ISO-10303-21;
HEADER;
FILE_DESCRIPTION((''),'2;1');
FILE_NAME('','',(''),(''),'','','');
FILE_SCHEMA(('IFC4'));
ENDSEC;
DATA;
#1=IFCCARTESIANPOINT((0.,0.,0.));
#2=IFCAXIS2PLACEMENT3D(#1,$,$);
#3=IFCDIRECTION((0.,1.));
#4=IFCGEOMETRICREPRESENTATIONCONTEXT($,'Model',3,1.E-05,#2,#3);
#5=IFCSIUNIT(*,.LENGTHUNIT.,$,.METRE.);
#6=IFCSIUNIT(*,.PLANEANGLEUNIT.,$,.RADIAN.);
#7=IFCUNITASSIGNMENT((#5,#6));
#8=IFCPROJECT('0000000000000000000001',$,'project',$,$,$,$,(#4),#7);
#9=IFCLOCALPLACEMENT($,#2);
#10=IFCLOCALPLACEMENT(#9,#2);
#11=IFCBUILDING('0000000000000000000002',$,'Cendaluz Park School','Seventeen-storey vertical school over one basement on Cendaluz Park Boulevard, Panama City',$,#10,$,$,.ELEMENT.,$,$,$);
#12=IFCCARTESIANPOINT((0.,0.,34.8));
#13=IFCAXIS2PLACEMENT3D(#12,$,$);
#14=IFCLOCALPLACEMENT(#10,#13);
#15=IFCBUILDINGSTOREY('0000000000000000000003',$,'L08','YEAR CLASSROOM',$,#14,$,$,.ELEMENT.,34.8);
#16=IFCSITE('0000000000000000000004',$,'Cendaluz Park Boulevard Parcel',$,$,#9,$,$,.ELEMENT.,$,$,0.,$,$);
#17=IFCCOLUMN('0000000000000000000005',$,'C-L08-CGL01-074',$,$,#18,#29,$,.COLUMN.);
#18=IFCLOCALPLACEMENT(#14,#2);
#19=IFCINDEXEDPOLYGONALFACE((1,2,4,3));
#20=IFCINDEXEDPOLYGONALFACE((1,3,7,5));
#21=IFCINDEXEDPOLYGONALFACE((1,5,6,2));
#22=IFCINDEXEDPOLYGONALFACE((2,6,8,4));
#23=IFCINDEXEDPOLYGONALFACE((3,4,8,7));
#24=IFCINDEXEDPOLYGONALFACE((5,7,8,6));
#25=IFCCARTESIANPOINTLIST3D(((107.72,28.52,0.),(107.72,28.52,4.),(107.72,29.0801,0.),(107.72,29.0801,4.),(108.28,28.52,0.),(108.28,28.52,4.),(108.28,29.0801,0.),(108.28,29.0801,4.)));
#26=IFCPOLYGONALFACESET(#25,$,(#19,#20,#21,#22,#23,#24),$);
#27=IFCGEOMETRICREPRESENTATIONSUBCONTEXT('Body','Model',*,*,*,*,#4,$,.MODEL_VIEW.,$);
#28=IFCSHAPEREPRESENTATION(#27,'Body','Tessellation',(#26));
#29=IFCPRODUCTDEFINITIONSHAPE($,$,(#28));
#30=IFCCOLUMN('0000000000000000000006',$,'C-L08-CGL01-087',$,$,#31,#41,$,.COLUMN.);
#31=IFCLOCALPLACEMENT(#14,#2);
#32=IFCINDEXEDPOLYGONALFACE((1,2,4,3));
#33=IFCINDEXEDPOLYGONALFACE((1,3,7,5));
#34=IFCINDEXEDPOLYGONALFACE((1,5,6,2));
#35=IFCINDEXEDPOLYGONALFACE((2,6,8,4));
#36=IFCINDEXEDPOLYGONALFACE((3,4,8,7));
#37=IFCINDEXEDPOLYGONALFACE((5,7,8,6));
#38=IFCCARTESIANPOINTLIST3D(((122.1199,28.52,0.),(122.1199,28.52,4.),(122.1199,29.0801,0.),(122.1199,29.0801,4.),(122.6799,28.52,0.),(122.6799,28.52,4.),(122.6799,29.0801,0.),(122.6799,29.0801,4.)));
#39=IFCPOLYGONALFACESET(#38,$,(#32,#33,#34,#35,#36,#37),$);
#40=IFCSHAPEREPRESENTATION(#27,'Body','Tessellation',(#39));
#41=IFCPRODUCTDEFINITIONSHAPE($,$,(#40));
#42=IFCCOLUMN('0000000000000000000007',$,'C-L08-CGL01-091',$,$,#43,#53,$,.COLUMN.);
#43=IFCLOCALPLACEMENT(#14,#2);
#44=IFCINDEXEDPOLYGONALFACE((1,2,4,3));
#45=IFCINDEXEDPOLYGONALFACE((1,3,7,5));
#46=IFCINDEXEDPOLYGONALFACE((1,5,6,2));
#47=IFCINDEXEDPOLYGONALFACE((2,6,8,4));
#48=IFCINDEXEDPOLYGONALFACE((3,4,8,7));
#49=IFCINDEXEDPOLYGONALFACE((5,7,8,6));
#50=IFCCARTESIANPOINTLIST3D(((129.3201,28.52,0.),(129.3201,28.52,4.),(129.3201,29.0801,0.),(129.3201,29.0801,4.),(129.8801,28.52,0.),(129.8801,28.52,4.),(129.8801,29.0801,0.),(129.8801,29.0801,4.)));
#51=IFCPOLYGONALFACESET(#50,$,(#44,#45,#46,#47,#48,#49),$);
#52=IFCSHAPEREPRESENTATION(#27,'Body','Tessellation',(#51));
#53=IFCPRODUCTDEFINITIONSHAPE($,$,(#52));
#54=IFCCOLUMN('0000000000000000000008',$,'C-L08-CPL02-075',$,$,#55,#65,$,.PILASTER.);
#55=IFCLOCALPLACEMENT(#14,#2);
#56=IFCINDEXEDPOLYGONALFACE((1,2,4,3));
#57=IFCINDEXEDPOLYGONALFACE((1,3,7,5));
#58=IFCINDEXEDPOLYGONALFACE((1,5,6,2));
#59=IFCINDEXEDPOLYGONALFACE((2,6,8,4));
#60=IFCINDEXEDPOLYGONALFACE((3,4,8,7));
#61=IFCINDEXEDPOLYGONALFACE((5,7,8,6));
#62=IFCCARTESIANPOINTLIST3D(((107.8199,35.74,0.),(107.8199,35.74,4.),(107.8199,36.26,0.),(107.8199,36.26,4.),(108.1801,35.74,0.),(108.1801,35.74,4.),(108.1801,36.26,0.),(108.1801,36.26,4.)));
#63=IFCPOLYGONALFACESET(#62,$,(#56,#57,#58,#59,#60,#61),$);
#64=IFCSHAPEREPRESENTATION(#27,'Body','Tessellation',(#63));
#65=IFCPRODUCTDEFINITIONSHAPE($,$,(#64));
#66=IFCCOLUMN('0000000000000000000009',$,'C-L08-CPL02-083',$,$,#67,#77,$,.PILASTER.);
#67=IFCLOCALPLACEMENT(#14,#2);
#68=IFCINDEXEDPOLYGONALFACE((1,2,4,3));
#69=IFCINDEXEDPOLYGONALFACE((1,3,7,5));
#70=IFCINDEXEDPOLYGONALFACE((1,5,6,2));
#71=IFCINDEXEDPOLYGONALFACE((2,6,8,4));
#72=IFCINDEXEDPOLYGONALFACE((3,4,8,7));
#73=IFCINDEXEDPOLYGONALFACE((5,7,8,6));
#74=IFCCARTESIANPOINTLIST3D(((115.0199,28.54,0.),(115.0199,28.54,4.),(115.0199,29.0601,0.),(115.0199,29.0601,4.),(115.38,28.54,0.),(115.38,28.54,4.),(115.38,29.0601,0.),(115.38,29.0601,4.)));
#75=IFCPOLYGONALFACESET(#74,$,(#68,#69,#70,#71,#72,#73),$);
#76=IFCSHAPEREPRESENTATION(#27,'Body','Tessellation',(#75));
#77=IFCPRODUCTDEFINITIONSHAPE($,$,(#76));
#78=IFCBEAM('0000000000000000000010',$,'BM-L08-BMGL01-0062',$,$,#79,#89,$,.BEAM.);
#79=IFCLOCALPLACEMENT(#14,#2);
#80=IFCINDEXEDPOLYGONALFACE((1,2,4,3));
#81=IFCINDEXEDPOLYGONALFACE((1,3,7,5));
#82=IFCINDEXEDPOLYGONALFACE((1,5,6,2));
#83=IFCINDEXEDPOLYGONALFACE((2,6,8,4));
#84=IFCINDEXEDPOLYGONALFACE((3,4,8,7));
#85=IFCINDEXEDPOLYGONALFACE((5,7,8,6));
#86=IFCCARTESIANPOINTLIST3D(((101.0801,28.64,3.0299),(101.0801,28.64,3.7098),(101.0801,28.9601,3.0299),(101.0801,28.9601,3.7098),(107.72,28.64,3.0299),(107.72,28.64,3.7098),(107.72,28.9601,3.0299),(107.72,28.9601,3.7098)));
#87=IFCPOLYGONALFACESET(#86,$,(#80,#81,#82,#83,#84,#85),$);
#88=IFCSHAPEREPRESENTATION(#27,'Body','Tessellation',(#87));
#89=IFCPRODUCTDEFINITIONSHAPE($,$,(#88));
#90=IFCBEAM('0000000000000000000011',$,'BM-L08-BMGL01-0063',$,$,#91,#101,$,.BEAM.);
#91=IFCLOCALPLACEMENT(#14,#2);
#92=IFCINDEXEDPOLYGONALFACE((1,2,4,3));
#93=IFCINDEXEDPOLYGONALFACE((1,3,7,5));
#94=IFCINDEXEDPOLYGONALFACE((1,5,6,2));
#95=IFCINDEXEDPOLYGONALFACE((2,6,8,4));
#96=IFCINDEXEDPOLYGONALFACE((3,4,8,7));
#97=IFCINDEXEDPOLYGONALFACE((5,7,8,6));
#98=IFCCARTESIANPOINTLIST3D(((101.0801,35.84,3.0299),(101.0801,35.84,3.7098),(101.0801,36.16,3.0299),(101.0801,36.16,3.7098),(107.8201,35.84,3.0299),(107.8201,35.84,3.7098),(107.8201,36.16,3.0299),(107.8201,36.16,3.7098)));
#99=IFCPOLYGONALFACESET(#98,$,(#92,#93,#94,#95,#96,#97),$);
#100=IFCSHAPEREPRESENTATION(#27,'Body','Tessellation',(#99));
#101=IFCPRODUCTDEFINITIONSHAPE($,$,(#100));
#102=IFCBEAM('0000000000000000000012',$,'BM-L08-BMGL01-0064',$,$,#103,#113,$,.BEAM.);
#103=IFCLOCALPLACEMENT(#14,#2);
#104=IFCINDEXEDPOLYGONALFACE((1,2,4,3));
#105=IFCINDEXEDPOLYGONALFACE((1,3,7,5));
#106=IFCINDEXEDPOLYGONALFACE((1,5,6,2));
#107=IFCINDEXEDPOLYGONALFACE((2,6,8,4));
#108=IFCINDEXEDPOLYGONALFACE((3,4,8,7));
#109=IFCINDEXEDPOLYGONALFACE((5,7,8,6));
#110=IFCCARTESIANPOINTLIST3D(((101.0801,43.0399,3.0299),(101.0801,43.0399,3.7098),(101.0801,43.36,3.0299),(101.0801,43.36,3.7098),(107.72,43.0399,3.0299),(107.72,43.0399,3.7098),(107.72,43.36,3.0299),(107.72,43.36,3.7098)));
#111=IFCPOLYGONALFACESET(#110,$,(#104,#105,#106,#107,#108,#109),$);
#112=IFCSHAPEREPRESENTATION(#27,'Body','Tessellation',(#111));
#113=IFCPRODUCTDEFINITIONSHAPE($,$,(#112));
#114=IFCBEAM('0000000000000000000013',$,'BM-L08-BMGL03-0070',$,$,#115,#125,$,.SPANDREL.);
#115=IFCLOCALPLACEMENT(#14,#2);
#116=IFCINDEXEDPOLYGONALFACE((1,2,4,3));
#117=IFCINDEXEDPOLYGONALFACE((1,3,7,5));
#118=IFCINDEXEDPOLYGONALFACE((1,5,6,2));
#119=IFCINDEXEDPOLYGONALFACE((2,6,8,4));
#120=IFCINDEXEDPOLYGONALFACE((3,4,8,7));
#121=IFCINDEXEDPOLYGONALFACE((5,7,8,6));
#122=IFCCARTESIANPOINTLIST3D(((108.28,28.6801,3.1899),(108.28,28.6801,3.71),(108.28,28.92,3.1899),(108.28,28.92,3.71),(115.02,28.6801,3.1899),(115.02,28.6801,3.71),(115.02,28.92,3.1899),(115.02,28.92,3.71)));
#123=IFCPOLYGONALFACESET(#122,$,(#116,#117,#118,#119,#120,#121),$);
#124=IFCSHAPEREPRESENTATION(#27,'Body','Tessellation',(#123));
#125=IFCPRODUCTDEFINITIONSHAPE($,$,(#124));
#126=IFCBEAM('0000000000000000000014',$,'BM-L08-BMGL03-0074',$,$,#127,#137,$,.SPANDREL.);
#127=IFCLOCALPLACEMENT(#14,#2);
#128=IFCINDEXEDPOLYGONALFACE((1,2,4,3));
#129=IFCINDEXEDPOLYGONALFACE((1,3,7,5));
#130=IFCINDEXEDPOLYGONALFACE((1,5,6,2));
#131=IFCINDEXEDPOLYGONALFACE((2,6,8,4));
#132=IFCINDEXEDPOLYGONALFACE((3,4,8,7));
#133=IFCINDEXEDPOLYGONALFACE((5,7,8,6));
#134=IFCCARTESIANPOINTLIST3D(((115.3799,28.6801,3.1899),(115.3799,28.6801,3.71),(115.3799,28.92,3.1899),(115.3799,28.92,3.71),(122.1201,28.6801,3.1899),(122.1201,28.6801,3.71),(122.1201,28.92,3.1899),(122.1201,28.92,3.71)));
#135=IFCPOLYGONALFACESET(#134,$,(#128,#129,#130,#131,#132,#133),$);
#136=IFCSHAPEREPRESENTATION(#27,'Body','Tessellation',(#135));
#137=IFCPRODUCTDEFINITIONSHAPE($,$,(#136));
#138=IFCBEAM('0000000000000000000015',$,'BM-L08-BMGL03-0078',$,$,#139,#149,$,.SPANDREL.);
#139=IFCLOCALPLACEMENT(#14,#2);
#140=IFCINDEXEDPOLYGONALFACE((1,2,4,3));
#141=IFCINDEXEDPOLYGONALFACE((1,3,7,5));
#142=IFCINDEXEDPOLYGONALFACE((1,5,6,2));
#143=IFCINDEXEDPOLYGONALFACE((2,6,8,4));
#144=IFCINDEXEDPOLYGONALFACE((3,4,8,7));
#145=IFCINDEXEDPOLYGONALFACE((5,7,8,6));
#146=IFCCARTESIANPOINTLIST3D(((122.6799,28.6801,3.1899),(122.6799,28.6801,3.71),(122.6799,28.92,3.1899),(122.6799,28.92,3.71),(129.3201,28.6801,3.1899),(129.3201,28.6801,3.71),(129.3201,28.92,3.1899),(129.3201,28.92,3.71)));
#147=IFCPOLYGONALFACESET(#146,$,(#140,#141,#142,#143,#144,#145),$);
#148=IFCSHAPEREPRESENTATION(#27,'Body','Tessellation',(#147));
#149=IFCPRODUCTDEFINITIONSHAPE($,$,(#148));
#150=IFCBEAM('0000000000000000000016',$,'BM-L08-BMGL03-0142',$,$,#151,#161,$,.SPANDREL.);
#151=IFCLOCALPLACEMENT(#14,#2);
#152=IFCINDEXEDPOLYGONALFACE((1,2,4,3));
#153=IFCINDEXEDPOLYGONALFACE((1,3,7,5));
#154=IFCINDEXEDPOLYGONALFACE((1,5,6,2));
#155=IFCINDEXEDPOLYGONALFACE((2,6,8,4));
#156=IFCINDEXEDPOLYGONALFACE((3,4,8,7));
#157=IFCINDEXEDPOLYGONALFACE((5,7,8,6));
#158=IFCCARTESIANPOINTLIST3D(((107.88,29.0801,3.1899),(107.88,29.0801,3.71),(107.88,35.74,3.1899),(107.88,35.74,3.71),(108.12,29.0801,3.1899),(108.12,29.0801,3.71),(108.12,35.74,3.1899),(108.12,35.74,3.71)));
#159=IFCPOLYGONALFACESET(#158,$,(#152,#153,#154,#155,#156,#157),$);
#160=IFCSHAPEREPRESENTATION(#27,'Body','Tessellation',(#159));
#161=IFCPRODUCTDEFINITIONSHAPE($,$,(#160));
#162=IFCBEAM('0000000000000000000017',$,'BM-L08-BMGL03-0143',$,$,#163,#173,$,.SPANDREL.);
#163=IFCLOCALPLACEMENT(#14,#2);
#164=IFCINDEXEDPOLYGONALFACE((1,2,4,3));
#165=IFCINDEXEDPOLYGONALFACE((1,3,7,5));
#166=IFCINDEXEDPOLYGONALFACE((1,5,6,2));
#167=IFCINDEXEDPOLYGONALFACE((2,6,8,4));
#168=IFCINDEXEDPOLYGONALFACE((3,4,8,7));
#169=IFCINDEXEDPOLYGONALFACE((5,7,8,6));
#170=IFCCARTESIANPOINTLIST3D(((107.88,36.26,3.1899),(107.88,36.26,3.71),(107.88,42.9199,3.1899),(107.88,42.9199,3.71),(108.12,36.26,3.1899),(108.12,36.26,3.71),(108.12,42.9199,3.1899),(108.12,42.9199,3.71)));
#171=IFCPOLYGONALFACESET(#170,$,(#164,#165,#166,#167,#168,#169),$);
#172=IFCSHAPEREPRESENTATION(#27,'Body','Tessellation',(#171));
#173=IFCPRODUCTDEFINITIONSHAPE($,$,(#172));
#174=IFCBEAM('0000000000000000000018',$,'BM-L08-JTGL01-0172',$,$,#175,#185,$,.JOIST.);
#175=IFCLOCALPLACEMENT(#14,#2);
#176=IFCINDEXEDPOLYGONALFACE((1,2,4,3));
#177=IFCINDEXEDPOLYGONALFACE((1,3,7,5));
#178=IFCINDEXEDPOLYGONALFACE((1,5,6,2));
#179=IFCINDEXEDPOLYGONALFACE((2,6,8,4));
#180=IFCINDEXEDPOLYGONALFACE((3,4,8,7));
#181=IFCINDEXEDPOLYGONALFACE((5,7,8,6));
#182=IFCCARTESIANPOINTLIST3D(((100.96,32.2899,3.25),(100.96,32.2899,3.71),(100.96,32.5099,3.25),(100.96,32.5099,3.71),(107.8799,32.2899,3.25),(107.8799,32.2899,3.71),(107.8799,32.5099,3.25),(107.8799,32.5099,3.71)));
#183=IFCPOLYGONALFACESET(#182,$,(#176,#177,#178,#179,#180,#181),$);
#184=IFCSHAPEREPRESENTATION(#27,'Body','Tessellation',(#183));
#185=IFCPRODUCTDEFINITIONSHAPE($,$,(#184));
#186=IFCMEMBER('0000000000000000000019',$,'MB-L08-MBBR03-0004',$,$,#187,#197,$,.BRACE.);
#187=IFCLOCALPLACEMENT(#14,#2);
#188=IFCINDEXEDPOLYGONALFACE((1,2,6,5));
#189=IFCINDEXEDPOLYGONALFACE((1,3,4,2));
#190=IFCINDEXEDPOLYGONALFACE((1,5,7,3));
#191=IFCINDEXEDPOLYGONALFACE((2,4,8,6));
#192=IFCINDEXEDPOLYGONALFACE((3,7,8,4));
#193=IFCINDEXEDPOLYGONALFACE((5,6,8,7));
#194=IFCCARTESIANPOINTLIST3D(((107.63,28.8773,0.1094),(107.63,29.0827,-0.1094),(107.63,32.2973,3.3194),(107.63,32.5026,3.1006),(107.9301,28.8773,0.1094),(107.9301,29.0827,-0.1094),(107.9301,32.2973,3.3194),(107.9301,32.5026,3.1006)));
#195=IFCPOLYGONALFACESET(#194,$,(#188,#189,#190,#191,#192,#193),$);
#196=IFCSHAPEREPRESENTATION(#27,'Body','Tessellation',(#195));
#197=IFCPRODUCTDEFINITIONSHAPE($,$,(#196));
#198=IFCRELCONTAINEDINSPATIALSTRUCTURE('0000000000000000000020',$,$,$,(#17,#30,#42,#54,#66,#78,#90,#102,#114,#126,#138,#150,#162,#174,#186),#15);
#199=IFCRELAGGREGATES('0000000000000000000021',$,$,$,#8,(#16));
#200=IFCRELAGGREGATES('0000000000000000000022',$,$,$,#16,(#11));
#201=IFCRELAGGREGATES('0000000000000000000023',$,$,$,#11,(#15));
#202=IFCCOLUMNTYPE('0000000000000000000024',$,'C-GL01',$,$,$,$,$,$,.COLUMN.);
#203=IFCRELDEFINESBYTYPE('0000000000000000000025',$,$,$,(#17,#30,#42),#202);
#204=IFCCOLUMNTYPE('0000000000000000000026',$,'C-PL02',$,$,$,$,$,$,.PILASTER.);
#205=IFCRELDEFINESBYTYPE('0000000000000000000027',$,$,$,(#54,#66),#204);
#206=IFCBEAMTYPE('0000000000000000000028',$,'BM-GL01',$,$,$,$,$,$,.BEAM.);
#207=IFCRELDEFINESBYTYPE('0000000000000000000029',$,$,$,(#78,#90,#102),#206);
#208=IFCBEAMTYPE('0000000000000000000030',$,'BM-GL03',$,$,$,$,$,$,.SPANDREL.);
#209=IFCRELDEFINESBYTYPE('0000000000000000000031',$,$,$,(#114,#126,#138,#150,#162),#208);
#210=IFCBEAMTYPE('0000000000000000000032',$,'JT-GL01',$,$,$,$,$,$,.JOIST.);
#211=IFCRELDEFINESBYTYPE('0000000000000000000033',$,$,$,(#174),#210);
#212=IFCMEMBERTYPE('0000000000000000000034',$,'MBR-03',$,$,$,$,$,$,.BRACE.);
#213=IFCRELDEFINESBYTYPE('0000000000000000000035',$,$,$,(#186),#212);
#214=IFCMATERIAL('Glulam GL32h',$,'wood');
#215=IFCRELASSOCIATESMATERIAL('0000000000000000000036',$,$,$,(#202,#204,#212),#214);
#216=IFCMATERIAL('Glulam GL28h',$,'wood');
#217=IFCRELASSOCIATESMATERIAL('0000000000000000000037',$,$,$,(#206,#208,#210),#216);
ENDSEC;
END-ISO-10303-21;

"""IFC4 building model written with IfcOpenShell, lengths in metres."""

from ifc_helpers import new_model, si_unit, direction, frame, origin, origin_2d, place, context, subcontext, project, spatial, rectangle, extrude, material, material_profile, profile_set, type_object, element, save


model = new_model("IFC4")

# Units and contexts
model_context = context("Model", 3, precision=1e-05, world=origin(), true_north=direction((0.0, 1.0)))
body_context = subcontext(model_context, "Body", "Model", "MODEL_VIEW")
ifc_project = project(units=[si_unit("LENGTHUNIT", "METRE"), si_unit("PLANEANGLEUNIT", "RADIAN")], contexts=[model_context])

# Site, building, storey
site_placement = place(None, origin())
site = spatial("IfcSite", under=ifc_project, at=site_placement, Name="Cendaluz Park Boulevard Parcel", CompositionType="ELEMENT", RefElevation=0.0)
building_placement = place(site_placement, origin())
building = spatial("IfcBuilding", under=site, at=building_placement, Name="Cendaluz Park School", Description="Seventeen-storey vertical school over one basement on Cendaluz Park Boulevard, Panama City", CompositionType="ELEMENT")
storey_placement = place(building_placement, frame((0.0, 0.0, 34.8)))
storey = spatial("IfcBuildingStorey", under=building, at=storey_placement, Name="L08", Description="YEAR CLASSROOM", CompositionType="ELEMENT", Elevation=34.8)

# Columns
ifc_material_1 = material(Name="Glulam GL32h", Category="wood")
ifc_material_profile_1 = material_profile(ifc_material_1, rectangle(XDim=0.5601, YDim=0.5601, at=origin_2d()), Name="GL32h 560x560", Category="wood")
ifc_profile_set_1 = profile_set([ifc_material_profile_1], Name="Glulam GL32h")
column_type_1 = type_object("IfcColumnType", Name="C-GL01", PredefinedType="COLUMN", material=ifc_profile_set_1)
for number, where, z_axis, x_axis, name in (
    (1, (108.0, 28.8, 0.0), (0.0, 0.0, 1.0), (1.0, 0.0, 0.0), "C-L08-CGL01-074"),
    (2, (122.3999, 28.8, 0.0), (0.0, 0.0, 1.0), (1.0, 0.0, 0.0), "C-L08-CGL01-087"),
    (3, (129.6001, 28.8, 0.0), (0.0, 0.0, 1.0), (1.0, 0.0, 0.0), "C-L08-CGL01-091"),
):
    element("IfcColumn", number, at=place(storey_placement, frame(where, z_axis=z_axis, x_axis=x_axis)), inside=storey, type_object=column_type_1, Name=name, PredefinedType="COLUMN", context=body_context, shape_type="SweptSolid", body=[
        extrude(rectangle(XDim=0.5601, YDim=0.5601, at=origin_2d()), origin(), (0.0, 0.0, 1.0), 4.0),
    ])
ifc_material_profile_2 = material_profile(ifc_material_1, rectangle(XDim=0.3601, YDim=0.52, at=origin_2d()), Name="GL32h 360x520", Category="wood")
ifc_profile_set_2 = profile_set([ifc_material_profile_2], Name="Glulam GL32h")
column_type_2 = type_object("IfcColumnType", Name="C-PL02", PredefinedType="PILASTER", material=ifc_profile_set_2)
for number, where, z_axis, x_axis, name in (
    (4, (108.0, 36.0, 0.0), (0.0, 0.0, 1.0), (1.0, 0.0, 0.0), "C-L08-CPL02-075"),
    (5, (115.2, 28.8, 0.0), (0.0, 0.0, 1.0), (1.0, 0.0, 0.0), "C-L08-CPL02-083"),
):
    element("IfcColumn", number, at=place(storey_placement, frame(where, z_axis=z_axis, x_axis=x_axis)), inside=storey, type_object=column_type_2, Name=name, PredefinedType="PILASTER", context=body_context, shape_type="SweptSolid", body=[
        extrude(rectangle(XDim=0.3601, YDim=0.52, at=origin_2d()), origin(), (0.0, 0.0, 1.0), 4.0),
    ])

# Beams
ifc_material_2 = material(Name="Glulam GL28h", Category="wood")
ifc_material_profile_3 = material_profile(ifc_material_2, rectangle(XDim=0.3201, YDim=0.6799, at=origin_2d()), Name="GL28h 320x680", Category="wood")
ifc_profile_set_3 = profile_set([ifc_material_profile_3], Name="Glulam GL28h")
beam_type_1 = type_object("IfcBeamType", Name="BM-GL01", PredefinedType="BEAM", material=ifc_profile_set_3)
beam_1_placement = place(storey_placement, frame((101.0801, 28.8, 3.3699), z_axis=(1.0, 0.0, 0.0), x_axis=(0.0, 1.0, 0.0)))
element("IfcBeam", 6, at=beam_1_placement, inside=storey, type_object=beam_type_1, Name="BM-L08-BMGL01-0062", PredefinedType="BEAM", context=body_context, shape_type="SweptSolid", body=[
    extrude(rectangle(XDim=0.3201, YDim=0.6799, at=origin_2d()), origin(), (0.0, 0.0, 1.0), 6.6399),
])
beam_2_placement = place(storey_placement, frame((101.0801, 36.0, 3.3699), z_axis=(1.0, 0.0, 0.0), x_axis=(0.0, 1.0, 0.0)))
element("IfcBeam", 7, at=beam_2_placement, inside=storey, type_object=beam_type_1, Name="BM-L08-BMGL01-0063", PredefinedType="BEAM", context=body_context, shape_type="SweptSolid", body=[
    extrude(rectangle(XDim=0.3201, YDim=0.6799, at=origin_2d()), origin(), (0.0, 0.0, 1.0), 6.74),
])
beam_3_placement = place(storey_placement, frame((101.0801, 43.2, 3.3699), z_axis=(1.0, 0.0, 0.0), x_axis=(0.0, 1.0, 0.0)))
element("IfcBeam", 8, at=beam_3_placement, inside=storey, type_object=beam_type_1, Name="BM-L08-BMGL01-0064", PredefinedType="BEAM", context=body_context, shape_type="SweptSolid", body=[
    extrude(rectangle(XDim=0.3201, YDim=0.6799, at=origin_2d()), origin(), (0.0, 0.0, 1.0), 6.6399),
])
ifc_material_profile_4 = material_profile(ifc_material_2, rectangle(XDim=0.24, YDim=0.52, at=origin_2d()), Name="GL28h 240x520", Category="wood")
ifc_profile_set_4 = profile_set([ifc_material_profile_4], Name="Glulam GL28h")
beam_type_2 = type_object("IfcBeamType", Name="BM-GL03", PredefinedType="SPANDREL", material=ifc_profile_set_4)
beam_4_placement = place(storey_placement, frame((108.28, 28.8, 3.45), z_axis=(1.0, 0.0, 0.0), x_axis=(0.0, 1.0, 0.0)))
element("IfcBeam", 9, at=beam_4_placement, inside=storey, type_object=beam_type_2, Name="BM-L08-BMGL03-0070", PredefinedType="SPANDREL", context=body_context, shape_type="SweptSolid", body=[
    extrude(rectangle(XDim=0.24, YDim=0.52, at=origin_2d()), origin(), (0.0, 0.0, 1.0), 6.74),
])
beam_5_placement = place(storey_placement, frame((115.3799, 28.8, 3.45), z_axis=(1.0, 0.0, 0.0), x_axis=(0.0, 1.0, 0.0)))
element("IfcBeam", 10, at=beam_5_placement, inside=storey, type_object=beam_type_2, Name="BM-L08-BMGL03-0074", PredefinedType="SPANDREL", context=body_context, shape_type="SweptSolid", body=[
    extrude(rectangle(XDim=0.24, YDim=0.52, at=origin_2d()), origin(), (0.0, 0.0, 1.0), 6.7402),
])
beam_6_placement = place(storey_placement, frame((122.6799, 28.8, 3.45), z_axis=(1.0, 0.0, 0.0), x_axis=(0.0, 1.0, 0.0)))
element("IfcBeam", 11, at=beam_6_placement, inside=storey, type_object=beam_type_2, Name="BM-L08-BMGL03-0078", PredefinedType="SPANDREL", context=body_context, shape_type="SweptSolid", body=[
    extrude(rectangle(XDim=0.24, YDim=0.52, at=origin_2d()), origin(), (0.0, 0.0, 1.0), 6.6401),
])
for number, where, z_axis, x_axis, name in (
    (12, (108.0, 29.0801, 3.45), (0.0, 1.0, 0.0), (-1.0, 0.0, 0.0), "BM-L08-BMGL03-0142"),
    (13, (108.0, 36.26, 3.45), (0.0, 1.0, 0.0), (-1.0, 0.0, 0.0), "BM-L08-BMGL03-0143"),
):
    element("IfcBeam", number, at=place(storey_placement, frame(where, z_axis=z_axis, x_axis=x_axis)), inside=storey, type_object=beam_type_2, Name=name, PredefinedType="SPANDREL", context=body_context, shape_type="SweptSolid", body=[
        extrude(rectangle(XDim=0.24, YDim=0.52, at=origin_2d()), origin(), (0.0, 0.0, 1.0), 6.6599),
    ])
ifc_material_profile_5 = material_profile(ifc_material_2, rectangle(XDim=0.22, YDim=0.46, at=origin_2d()), Name="GL28h 220x460", Category="wood")
ifc_profile_set_5 = profile_set([ifc_material_profile_5], Name="Glulam GL28h")
beam_type_3 = type_object("IfcBeamType", Name="JT-GL01", PredefinedType="JOIST", material=ifc_profile_set_5)
beam_7_placement = place(storey_placement, frame((100.96, 32.3999, 3.48), z_axis=(1.0, 0.0, 0.0), x_axis=(0.0, 1.0, 0.0)))
element("IfcBeam", 14, at=beam_7_placement, inside=storey, type_object=beam_type_3, Name="BM-L08-JTGL01-0172", PredefinedType="JOIST", context=body_context, shape_type="SweptSolid", body=[
    extrude(rectangle(XDim=0.22, YDim=0.46, at=origin_2d()), origin(), (0.0, 0.0, 1.0), 6.9199),
])

# Member
ifc_material_profile_6 = material_profile(ifc_material_1, rectangle(XDim=0.3, YDim=0.3, at=origin_2d()), Name="GL32h 300x300", Category="wood")
ifc_profile_set_6 = profile_set([ifc_material_profile_6], Name="Glulam GL32h")
member_type_1 = type_object("IfcMemberType", Name="MBR-03", PredefinedType="BRACE", material=ifc_profile_set_6)
member_1_placement = place(storey_placement, frame((107.78, 28.98, 0.0), z_axis=(0.0, 0.729135, 0.68437), x_axis=(-1.0, 0.0, 0.0)))
element("IfcMember", 15, at=member_1_placement, inside=storey, type_object=member_type_1, Name="MB-L08-MBBR03-0004", PredefinedType="BRACE", context=body_context, shape_type="SweptSolid", body=[
    extrude(rectangle(XDim=0.3, YDim=0.3, at=origin_2d()), origin(), (0.0, 0.0, 1.0), 4.6904),
])

save(model, "model.ifc")
